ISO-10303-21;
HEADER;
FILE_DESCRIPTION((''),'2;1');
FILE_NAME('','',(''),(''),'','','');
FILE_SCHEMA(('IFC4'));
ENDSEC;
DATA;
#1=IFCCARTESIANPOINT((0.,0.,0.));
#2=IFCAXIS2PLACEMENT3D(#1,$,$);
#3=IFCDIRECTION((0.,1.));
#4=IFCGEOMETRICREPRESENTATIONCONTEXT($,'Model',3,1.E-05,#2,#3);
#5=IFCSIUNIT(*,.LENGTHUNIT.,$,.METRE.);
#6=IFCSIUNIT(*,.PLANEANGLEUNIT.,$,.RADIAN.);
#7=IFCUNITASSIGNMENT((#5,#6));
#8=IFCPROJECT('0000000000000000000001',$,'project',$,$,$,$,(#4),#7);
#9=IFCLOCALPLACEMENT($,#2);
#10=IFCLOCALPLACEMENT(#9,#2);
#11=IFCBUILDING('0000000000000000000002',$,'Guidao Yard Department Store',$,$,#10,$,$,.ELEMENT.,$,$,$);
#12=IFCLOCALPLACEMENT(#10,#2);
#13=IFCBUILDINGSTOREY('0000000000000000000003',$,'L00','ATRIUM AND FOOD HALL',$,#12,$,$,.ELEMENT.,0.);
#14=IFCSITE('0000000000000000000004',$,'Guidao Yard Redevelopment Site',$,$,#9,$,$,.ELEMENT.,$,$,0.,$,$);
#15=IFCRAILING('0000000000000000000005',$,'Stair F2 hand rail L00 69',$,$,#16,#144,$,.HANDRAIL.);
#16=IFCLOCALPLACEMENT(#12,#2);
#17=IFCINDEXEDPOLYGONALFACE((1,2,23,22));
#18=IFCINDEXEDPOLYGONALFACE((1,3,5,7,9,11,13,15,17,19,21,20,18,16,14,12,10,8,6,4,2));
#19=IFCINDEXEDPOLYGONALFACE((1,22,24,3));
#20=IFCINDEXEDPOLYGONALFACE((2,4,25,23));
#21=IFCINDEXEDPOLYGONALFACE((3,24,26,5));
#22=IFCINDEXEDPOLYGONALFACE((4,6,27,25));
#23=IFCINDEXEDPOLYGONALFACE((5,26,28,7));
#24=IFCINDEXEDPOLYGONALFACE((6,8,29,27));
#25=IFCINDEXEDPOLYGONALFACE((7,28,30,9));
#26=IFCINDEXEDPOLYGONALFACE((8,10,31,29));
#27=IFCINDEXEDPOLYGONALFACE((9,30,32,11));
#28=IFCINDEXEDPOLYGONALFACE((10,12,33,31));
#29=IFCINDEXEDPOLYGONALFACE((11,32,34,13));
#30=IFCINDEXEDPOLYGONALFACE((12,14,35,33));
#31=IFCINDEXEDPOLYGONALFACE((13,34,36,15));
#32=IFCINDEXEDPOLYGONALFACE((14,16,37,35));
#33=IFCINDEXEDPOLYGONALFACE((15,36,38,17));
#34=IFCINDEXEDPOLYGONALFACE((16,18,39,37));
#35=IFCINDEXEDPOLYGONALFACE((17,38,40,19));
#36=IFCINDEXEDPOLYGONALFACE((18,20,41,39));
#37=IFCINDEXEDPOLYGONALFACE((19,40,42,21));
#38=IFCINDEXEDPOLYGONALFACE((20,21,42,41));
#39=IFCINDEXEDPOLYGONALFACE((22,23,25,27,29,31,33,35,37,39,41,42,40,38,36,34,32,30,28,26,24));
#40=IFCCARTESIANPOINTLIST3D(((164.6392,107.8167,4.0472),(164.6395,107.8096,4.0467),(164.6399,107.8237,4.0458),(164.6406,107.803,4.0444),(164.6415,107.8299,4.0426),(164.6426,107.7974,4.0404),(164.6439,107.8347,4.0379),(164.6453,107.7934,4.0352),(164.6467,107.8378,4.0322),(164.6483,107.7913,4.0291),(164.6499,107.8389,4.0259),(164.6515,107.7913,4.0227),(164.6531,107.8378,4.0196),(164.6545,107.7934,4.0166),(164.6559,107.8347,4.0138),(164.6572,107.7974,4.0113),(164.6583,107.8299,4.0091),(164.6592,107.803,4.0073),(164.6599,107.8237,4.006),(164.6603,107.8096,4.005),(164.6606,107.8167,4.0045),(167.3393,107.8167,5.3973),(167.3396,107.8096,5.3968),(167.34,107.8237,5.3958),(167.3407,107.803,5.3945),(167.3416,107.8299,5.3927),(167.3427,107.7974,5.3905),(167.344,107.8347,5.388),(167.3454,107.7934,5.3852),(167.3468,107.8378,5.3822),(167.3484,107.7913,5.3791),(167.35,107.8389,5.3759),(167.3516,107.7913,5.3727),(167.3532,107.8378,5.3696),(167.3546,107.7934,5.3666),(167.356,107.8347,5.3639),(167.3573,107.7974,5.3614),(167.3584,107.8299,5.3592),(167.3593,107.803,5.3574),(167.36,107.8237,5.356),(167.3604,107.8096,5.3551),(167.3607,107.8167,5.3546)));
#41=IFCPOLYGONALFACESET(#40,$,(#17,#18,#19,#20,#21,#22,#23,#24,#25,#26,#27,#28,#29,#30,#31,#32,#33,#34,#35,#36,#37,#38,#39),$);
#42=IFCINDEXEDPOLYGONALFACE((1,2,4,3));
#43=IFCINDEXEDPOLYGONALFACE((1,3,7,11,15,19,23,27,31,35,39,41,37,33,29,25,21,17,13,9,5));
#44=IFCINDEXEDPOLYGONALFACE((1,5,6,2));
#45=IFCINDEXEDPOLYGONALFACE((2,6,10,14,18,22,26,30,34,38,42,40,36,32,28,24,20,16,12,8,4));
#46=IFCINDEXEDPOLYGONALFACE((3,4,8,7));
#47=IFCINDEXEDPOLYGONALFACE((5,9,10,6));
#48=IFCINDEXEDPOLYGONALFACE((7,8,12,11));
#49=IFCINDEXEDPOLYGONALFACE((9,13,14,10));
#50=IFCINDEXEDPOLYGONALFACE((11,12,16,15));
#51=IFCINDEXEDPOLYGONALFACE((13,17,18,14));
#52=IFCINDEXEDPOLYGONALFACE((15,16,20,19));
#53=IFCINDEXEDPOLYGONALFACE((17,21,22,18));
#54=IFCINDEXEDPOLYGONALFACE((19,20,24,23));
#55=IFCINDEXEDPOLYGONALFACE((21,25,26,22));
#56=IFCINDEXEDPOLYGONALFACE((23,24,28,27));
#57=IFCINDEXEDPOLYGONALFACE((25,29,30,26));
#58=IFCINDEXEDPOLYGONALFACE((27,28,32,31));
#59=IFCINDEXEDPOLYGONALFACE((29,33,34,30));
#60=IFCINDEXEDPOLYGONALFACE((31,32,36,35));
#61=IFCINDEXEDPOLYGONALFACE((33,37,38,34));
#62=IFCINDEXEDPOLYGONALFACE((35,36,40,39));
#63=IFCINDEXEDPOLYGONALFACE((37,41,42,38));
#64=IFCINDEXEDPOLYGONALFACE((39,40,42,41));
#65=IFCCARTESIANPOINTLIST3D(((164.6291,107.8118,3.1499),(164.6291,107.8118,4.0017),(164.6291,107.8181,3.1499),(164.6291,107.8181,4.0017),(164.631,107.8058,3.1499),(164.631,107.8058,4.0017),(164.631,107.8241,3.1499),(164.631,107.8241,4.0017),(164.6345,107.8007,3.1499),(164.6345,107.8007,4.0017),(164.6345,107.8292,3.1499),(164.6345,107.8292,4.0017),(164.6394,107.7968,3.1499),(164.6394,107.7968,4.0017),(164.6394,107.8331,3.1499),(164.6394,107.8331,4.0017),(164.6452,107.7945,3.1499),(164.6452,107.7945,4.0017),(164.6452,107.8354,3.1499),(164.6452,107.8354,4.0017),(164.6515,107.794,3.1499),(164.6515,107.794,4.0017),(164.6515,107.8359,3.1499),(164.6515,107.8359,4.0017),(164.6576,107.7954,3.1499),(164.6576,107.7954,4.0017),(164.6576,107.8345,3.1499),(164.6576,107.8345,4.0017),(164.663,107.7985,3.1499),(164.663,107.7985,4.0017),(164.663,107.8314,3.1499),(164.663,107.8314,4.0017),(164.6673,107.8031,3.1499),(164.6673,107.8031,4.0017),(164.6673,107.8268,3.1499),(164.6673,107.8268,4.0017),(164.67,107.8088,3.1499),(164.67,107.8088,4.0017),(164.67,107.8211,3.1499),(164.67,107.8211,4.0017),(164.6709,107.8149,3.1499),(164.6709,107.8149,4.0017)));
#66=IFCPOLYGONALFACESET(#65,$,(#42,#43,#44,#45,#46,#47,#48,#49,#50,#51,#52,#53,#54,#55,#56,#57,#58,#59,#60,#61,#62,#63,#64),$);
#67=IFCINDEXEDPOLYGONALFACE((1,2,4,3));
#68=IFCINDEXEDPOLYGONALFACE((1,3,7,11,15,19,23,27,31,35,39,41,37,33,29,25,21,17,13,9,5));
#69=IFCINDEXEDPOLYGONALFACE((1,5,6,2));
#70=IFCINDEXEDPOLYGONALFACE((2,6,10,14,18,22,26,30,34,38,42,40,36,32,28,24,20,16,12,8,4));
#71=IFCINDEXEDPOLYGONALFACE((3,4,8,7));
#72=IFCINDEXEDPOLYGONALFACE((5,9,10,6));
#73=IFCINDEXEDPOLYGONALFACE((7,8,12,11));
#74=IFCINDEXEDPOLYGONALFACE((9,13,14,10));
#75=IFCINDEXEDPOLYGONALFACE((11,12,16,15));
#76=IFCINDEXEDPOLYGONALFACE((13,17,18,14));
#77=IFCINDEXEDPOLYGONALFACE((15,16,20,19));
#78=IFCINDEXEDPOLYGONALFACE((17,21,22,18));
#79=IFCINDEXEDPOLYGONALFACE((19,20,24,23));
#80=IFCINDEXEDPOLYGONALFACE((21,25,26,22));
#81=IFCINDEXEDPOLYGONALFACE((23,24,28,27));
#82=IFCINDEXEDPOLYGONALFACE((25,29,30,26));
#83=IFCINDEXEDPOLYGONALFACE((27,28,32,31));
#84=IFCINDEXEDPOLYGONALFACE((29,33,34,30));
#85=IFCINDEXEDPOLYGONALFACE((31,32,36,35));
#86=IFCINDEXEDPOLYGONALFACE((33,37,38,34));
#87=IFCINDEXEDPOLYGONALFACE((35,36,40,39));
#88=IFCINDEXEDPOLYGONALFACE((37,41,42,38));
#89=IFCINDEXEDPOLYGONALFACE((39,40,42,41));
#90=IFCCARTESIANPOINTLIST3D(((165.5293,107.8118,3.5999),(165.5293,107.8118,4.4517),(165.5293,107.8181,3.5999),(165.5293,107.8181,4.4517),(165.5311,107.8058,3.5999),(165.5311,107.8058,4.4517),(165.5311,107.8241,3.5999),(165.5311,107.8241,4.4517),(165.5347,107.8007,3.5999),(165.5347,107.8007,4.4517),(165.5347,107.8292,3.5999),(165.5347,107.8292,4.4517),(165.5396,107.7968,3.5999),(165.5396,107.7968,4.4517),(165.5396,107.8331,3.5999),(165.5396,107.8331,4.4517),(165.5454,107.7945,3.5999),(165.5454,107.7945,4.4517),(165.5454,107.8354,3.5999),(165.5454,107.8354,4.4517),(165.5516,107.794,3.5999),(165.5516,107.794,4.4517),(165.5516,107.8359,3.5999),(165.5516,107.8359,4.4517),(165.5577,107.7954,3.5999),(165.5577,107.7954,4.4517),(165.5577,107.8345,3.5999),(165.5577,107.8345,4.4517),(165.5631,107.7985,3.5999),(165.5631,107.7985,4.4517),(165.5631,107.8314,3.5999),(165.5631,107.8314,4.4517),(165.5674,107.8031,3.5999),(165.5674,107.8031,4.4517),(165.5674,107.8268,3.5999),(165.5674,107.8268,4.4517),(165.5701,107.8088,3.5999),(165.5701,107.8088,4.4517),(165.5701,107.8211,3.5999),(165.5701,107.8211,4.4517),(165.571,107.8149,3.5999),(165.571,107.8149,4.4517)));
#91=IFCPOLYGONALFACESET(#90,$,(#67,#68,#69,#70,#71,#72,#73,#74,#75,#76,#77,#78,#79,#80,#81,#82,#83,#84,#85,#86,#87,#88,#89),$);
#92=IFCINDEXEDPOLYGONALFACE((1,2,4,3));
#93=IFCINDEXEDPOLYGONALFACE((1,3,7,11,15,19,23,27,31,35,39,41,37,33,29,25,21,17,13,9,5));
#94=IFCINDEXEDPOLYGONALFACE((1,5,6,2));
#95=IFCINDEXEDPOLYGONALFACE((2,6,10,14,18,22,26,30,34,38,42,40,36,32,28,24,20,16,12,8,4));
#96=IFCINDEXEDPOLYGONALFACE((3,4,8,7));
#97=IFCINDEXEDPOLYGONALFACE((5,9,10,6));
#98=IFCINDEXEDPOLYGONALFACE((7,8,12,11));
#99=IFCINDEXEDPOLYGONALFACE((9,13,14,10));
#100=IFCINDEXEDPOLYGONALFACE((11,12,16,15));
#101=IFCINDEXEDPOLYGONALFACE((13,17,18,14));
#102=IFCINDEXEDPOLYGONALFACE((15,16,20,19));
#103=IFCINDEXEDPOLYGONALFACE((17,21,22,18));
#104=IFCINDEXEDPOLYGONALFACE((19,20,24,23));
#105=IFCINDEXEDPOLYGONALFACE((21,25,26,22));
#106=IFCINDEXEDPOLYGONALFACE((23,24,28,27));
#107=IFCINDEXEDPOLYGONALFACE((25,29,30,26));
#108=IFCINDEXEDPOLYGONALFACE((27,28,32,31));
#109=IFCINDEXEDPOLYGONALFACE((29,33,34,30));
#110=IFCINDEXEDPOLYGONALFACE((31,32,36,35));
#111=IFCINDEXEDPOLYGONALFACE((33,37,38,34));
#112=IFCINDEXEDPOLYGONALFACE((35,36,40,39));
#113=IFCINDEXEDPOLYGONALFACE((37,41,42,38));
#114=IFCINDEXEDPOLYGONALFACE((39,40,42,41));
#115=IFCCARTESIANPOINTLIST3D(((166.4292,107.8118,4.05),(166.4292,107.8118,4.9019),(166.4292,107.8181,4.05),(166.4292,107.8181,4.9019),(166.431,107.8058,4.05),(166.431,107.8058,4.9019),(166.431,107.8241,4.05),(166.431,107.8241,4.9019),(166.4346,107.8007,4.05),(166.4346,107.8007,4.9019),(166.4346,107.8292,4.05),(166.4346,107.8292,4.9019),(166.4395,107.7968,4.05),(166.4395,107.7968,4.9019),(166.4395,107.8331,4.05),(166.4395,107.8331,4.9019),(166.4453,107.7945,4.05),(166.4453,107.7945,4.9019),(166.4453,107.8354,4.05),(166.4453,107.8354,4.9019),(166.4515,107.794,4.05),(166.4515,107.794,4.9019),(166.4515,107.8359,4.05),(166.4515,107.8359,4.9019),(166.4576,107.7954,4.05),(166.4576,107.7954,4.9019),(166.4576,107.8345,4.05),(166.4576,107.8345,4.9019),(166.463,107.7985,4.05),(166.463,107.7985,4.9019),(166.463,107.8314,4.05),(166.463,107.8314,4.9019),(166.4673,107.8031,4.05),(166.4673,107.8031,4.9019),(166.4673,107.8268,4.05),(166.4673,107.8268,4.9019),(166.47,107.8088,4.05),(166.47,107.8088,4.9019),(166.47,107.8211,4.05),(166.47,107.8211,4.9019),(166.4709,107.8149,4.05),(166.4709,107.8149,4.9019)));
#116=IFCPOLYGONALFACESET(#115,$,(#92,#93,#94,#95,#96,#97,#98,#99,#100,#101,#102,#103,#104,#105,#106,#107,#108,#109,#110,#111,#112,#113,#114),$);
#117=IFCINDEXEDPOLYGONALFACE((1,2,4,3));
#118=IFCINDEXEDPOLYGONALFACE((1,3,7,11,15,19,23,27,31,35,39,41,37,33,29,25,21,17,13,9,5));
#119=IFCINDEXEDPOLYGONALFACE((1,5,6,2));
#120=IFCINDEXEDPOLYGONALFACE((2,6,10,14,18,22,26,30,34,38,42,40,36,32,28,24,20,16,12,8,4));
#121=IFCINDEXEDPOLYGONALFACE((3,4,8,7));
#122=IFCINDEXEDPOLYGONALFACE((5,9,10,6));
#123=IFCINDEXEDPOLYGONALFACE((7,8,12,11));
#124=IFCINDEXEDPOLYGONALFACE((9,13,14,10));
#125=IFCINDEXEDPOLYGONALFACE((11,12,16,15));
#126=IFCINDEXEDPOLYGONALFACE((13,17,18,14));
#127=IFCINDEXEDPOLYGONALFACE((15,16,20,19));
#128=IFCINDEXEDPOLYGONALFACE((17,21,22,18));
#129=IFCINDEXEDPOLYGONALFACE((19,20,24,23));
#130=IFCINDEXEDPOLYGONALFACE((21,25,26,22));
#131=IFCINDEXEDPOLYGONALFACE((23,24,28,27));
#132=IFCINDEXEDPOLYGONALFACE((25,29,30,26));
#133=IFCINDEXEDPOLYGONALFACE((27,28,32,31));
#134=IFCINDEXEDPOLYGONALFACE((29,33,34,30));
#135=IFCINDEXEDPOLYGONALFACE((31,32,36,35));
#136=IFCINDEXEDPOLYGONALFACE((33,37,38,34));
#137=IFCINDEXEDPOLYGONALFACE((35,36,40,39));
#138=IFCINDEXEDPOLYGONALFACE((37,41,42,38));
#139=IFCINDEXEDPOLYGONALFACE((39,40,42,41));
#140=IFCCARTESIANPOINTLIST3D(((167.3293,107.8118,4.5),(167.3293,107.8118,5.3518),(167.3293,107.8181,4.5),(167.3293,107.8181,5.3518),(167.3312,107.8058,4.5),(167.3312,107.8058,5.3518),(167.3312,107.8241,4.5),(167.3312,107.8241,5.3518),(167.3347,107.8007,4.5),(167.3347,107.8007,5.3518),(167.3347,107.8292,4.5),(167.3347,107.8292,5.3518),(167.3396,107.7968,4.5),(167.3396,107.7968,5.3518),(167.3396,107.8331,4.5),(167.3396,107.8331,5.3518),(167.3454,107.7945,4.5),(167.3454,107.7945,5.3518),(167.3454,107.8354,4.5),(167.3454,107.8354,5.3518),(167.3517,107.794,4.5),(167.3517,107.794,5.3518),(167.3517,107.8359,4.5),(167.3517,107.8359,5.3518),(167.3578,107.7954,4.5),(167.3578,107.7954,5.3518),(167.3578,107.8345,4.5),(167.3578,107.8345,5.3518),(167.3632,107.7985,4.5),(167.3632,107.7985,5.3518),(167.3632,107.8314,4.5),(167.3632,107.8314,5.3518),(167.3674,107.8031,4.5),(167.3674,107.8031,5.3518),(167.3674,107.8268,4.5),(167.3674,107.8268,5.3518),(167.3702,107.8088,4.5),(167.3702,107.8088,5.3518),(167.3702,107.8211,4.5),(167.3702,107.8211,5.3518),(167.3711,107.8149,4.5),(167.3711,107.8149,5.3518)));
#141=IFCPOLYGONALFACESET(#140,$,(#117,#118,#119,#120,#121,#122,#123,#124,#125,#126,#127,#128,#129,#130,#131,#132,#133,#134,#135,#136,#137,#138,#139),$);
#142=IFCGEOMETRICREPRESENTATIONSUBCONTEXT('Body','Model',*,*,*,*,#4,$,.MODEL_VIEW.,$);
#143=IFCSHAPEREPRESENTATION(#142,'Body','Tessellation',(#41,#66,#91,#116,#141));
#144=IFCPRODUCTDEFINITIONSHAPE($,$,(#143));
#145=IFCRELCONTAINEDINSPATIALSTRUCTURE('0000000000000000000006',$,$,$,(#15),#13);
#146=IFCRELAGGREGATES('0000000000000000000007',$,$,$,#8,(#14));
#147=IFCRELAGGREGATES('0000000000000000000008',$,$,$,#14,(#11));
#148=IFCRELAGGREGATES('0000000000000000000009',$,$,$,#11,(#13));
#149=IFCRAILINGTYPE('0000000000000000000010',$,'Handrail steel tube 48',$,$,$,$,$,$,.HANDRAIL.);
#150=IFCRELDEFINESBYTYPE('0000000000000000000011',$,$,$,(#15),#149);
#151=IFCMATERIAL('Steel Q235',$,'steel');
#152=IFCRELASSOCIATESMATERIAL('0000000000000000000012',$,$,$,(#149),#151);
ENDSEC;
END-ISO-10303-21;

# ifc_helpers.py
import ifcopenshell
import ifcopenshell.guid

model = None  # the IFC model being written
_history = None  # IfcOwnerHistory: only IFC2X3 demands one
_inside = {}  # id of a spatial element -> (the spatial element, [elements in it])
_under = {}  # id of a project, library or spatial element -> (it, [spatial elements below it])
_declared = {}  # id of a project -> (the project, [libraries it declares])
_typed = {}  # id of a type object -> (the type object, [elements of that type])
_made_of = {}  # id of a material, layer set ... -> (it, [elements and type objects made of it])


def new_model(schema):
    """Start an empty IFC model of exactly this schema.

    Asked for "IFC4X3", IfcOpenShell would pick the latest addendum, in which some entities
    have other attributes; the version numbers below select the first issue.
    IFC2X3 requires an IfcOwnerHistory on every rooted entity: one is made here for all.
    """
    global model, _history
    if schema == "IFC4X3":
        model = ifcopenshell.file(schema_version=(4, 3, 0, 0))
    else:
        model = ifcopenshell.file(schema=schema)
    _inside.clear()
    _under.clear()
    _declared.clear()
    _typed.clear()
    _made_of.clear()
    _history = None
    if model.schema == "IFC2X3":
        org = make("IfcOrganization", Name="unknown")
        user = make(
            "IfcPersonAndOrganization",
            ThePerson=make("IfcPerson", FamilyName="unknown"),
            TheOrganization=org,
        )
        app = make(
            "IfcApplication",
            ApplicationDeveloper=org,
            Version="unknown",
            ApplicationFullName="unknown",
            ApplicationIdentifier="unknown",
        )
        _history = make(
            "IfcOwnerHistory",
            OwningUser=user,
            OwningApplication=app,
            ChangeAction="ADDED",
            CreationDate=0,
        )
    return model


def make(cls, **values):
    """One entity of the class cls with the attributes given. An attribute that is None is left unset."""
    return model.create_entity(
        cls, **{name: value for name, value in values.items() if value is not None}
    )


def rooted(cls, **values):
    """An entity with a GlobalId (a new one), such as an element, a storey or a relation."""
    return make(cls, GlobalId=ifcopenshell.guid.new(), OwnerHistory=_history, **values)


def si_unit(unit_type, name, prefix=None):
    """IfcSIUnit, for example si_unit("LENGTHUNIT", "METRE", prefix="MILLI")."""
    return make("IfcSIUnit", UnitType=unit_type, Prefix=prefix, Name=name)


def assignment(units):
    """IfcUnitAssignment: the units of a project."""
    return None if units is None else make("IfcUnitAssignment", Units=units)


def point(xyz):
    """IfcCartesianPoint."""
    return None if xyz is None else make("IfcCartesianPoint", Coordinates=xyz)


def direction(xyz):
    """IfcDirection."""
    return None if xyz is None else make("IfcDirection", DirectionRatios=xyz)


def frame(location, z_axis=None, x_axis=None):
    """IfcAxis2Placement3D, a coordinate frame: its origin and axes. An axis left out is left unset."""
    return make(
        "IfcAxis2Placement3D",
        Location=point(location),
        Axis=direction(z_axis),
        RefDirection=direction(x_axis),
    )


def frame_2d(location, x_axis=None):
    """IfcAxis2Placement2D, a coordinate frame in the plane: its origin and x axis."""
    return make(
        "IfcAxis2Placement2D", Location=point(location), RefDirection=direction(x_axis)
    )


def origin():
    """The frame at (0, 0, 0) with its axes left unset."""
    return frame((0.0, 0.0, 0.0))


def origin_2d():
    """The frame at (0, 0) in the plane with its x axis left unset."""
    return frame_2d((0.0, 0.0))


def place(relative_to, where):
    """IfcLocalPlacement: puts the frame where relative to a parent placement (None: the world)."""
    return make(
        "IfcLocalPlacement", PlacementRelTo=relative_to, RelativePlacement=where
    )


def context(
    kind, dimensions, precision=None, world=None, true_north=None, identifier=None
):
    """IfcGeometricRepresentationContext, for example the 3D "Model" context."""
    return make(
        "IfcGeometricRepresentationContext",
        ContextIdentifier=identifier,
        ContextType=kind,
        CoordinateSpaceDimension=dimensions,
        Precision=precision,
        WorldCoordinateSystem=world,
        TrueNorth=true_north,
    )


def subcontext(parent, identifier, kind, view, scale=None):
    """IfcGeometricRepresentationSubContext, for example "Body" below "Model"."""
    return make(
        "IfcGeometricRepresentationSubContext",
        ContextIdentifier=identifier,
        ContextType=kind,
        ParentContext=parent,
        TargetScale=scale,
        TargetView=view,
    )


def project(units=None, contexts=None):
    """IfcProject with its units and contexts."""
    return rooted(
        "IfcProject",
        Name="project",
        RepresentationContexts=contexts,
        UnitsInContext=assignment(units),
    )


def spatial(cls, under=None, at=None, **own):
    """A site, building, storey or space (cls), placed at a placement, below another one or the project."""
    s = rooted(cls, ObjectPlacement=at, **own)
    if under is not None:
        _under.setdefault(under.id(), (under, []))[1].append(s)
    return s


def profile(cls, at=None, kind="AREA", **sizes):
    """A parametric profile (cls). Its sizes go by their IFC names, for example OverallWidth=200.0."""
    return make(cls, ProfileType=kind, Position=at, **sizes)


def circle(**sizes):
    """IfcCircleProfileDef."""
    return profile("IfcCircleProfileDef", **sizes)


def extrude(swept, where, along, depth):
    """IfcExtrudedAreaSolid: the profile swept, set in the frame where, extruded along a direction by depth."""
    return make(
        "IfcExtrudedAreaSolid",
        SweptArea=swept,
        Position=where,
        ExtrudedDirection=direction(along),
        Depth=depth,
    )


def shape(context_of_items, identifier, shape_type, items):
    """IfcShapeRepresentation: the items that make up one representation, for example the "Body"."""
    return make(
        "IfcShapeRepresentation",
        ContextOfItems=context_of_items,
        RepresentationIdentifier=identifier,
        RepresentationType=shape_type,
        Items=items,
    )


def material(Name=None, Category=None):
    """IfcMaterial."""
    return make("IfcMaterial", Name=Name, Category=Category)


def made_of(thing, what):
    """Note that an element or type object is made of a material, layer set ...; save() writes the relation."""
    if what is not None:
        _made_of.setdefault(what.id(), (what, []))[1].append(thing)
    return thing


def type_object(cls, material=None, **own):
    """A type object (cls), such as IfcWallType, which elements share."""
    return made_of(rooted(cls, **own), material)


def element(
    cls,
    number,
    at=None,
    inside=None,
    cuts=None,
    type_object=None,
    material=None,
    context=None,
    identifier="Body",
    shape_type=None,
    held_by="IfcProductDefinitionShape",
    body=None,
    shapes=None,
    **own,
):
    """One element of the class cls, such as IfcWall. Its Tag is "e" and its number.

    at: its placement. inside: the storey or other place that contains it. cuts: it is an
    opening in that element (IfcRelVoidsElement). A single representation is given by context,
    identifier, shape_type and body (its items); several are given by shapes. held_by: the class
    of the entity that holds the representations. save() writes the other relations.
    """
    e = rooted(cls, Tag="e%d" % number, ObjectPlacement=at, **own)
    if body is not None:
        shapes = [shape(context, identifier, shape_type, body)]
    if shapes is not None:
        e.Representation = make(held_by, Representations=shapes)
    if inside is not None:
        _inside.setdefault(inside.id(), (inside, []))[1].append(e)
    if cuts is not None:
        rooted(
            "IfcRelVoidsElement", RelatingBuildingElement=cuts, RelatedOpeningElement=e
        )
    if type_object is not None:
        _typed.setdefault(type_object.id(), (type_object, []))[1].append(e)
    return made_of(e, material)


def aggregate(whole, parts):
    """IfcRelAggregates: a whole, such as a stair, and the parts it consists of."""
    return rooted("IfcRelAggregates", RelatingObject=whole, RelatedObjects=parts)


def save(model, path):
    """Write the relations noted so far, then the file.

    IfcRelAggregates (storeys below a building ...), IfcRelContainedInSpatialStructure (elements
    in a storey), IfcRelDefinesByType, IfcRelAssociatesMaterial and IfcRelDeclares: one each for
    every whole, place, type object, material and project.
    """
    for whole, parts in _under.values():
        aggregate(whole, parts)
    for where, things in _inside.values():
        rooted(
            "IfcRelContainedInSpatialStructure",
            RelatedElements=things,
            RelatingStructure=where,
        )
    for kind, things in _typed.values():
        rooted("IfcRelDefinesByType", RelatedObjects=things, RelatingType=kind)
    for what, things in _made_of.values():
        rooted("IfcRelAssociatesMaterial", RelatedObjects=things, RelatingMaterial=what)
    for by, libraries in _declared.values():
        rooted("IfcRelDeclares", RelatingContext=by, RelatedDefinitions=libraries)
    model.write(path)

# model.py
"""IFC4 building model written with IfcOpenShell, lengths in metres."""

from ifc_helpers import new_model, si_unit, direction, frame, origin, origin_2d, place, context, subcontext, project, spatial, circle, extrude, material, type_object, element, save


model = new_model("IFC4")

# Units and contexts
model_context = context("Model", 3, precision=1e-05, world=origin(), true_north=direction((0.0, 1.0)))
body_context = subcontext(model_context, "Body", "Model", "MODEL_VIEW")
ifc_project = project(units=[si_unit("LENGTHUNIT", "METRE"), si_unit("PLANEANGLEUNIT", "RADIAN")], contexts=[model_context])

# Site, building, storey
site_placement = place(None, origin())
site = spatial("IfcSite", under=ifc_project, at=site_placement, Name="Guidao Yard Redevelopment Site", CompositionType="ELEMENT", RefElevation=0.0)
building_placement = place(site_placement, origin())
building = spatial("IfcBuilding", under=site, at=building_placement, Name="Guidao Yard Department Store", CompositionType="ELEMENT")
storey_placement = place(building_placement, origin())
storey = spatial("IfcBuildingStorey", under=building, at=storey_placement, Name="L00", Description="ATRIUM AND FOOD HALL", CompositionType="ELEMENT", Elevation=0.0)

# Railing
ifc_material_1 = material(Name="Steel Q235", Category="steel")
railing_type = type_object("IfcRailingType", Name="Handrail steel tube 48", PredefinedType="HANDRAIL", material=ifc_material_1)
for number, where, name in (
    (1, (164.6499, 107.8149, 3.1499), "Stair F2 hand rail L00 69"),
):
    element("IfcRailing", number, at=place(storey_placement, frame(where)), inside=storey, type_object=railing_type, Name=name, PredefinedType="HANDRAIL", context=body_context, shape_type="SweptSolid", body=[
        extrude(circle(Radius=0.0239, at=origin_2d()), frame((0.0, 0.0, 0.876), z_axis=(0.894427, 0.0, 0.447214), x_axis=(0.0, 1.0, 0.0)), (0.0, 0.0, 1.0), 3.0188),
        extrude(circle(Radius=0.021, at=origin_2d()), origin(), (0.0, 0.0, 1.0), 0.8518),
        extrude(circle(Radius=0.021, at=origin_2d()), frame((0.9001, 0.0, 0.45)), (0.0, 0.0, 1.0), 0.8518),
        extrude(circle(Radius=0.021, at=origin_2d()), frame((1.8, 0.0, 0.9001)), (0.0, 0.0, 1.0), 0.8518),
        extrude(circle(Radius=0.021, at=origin_2d()), frame((2.7002, 0.0, 1.3501)), (0.0, 0.0, 1.0), 0.8518),
    ])

save(model, "model.ifc")
